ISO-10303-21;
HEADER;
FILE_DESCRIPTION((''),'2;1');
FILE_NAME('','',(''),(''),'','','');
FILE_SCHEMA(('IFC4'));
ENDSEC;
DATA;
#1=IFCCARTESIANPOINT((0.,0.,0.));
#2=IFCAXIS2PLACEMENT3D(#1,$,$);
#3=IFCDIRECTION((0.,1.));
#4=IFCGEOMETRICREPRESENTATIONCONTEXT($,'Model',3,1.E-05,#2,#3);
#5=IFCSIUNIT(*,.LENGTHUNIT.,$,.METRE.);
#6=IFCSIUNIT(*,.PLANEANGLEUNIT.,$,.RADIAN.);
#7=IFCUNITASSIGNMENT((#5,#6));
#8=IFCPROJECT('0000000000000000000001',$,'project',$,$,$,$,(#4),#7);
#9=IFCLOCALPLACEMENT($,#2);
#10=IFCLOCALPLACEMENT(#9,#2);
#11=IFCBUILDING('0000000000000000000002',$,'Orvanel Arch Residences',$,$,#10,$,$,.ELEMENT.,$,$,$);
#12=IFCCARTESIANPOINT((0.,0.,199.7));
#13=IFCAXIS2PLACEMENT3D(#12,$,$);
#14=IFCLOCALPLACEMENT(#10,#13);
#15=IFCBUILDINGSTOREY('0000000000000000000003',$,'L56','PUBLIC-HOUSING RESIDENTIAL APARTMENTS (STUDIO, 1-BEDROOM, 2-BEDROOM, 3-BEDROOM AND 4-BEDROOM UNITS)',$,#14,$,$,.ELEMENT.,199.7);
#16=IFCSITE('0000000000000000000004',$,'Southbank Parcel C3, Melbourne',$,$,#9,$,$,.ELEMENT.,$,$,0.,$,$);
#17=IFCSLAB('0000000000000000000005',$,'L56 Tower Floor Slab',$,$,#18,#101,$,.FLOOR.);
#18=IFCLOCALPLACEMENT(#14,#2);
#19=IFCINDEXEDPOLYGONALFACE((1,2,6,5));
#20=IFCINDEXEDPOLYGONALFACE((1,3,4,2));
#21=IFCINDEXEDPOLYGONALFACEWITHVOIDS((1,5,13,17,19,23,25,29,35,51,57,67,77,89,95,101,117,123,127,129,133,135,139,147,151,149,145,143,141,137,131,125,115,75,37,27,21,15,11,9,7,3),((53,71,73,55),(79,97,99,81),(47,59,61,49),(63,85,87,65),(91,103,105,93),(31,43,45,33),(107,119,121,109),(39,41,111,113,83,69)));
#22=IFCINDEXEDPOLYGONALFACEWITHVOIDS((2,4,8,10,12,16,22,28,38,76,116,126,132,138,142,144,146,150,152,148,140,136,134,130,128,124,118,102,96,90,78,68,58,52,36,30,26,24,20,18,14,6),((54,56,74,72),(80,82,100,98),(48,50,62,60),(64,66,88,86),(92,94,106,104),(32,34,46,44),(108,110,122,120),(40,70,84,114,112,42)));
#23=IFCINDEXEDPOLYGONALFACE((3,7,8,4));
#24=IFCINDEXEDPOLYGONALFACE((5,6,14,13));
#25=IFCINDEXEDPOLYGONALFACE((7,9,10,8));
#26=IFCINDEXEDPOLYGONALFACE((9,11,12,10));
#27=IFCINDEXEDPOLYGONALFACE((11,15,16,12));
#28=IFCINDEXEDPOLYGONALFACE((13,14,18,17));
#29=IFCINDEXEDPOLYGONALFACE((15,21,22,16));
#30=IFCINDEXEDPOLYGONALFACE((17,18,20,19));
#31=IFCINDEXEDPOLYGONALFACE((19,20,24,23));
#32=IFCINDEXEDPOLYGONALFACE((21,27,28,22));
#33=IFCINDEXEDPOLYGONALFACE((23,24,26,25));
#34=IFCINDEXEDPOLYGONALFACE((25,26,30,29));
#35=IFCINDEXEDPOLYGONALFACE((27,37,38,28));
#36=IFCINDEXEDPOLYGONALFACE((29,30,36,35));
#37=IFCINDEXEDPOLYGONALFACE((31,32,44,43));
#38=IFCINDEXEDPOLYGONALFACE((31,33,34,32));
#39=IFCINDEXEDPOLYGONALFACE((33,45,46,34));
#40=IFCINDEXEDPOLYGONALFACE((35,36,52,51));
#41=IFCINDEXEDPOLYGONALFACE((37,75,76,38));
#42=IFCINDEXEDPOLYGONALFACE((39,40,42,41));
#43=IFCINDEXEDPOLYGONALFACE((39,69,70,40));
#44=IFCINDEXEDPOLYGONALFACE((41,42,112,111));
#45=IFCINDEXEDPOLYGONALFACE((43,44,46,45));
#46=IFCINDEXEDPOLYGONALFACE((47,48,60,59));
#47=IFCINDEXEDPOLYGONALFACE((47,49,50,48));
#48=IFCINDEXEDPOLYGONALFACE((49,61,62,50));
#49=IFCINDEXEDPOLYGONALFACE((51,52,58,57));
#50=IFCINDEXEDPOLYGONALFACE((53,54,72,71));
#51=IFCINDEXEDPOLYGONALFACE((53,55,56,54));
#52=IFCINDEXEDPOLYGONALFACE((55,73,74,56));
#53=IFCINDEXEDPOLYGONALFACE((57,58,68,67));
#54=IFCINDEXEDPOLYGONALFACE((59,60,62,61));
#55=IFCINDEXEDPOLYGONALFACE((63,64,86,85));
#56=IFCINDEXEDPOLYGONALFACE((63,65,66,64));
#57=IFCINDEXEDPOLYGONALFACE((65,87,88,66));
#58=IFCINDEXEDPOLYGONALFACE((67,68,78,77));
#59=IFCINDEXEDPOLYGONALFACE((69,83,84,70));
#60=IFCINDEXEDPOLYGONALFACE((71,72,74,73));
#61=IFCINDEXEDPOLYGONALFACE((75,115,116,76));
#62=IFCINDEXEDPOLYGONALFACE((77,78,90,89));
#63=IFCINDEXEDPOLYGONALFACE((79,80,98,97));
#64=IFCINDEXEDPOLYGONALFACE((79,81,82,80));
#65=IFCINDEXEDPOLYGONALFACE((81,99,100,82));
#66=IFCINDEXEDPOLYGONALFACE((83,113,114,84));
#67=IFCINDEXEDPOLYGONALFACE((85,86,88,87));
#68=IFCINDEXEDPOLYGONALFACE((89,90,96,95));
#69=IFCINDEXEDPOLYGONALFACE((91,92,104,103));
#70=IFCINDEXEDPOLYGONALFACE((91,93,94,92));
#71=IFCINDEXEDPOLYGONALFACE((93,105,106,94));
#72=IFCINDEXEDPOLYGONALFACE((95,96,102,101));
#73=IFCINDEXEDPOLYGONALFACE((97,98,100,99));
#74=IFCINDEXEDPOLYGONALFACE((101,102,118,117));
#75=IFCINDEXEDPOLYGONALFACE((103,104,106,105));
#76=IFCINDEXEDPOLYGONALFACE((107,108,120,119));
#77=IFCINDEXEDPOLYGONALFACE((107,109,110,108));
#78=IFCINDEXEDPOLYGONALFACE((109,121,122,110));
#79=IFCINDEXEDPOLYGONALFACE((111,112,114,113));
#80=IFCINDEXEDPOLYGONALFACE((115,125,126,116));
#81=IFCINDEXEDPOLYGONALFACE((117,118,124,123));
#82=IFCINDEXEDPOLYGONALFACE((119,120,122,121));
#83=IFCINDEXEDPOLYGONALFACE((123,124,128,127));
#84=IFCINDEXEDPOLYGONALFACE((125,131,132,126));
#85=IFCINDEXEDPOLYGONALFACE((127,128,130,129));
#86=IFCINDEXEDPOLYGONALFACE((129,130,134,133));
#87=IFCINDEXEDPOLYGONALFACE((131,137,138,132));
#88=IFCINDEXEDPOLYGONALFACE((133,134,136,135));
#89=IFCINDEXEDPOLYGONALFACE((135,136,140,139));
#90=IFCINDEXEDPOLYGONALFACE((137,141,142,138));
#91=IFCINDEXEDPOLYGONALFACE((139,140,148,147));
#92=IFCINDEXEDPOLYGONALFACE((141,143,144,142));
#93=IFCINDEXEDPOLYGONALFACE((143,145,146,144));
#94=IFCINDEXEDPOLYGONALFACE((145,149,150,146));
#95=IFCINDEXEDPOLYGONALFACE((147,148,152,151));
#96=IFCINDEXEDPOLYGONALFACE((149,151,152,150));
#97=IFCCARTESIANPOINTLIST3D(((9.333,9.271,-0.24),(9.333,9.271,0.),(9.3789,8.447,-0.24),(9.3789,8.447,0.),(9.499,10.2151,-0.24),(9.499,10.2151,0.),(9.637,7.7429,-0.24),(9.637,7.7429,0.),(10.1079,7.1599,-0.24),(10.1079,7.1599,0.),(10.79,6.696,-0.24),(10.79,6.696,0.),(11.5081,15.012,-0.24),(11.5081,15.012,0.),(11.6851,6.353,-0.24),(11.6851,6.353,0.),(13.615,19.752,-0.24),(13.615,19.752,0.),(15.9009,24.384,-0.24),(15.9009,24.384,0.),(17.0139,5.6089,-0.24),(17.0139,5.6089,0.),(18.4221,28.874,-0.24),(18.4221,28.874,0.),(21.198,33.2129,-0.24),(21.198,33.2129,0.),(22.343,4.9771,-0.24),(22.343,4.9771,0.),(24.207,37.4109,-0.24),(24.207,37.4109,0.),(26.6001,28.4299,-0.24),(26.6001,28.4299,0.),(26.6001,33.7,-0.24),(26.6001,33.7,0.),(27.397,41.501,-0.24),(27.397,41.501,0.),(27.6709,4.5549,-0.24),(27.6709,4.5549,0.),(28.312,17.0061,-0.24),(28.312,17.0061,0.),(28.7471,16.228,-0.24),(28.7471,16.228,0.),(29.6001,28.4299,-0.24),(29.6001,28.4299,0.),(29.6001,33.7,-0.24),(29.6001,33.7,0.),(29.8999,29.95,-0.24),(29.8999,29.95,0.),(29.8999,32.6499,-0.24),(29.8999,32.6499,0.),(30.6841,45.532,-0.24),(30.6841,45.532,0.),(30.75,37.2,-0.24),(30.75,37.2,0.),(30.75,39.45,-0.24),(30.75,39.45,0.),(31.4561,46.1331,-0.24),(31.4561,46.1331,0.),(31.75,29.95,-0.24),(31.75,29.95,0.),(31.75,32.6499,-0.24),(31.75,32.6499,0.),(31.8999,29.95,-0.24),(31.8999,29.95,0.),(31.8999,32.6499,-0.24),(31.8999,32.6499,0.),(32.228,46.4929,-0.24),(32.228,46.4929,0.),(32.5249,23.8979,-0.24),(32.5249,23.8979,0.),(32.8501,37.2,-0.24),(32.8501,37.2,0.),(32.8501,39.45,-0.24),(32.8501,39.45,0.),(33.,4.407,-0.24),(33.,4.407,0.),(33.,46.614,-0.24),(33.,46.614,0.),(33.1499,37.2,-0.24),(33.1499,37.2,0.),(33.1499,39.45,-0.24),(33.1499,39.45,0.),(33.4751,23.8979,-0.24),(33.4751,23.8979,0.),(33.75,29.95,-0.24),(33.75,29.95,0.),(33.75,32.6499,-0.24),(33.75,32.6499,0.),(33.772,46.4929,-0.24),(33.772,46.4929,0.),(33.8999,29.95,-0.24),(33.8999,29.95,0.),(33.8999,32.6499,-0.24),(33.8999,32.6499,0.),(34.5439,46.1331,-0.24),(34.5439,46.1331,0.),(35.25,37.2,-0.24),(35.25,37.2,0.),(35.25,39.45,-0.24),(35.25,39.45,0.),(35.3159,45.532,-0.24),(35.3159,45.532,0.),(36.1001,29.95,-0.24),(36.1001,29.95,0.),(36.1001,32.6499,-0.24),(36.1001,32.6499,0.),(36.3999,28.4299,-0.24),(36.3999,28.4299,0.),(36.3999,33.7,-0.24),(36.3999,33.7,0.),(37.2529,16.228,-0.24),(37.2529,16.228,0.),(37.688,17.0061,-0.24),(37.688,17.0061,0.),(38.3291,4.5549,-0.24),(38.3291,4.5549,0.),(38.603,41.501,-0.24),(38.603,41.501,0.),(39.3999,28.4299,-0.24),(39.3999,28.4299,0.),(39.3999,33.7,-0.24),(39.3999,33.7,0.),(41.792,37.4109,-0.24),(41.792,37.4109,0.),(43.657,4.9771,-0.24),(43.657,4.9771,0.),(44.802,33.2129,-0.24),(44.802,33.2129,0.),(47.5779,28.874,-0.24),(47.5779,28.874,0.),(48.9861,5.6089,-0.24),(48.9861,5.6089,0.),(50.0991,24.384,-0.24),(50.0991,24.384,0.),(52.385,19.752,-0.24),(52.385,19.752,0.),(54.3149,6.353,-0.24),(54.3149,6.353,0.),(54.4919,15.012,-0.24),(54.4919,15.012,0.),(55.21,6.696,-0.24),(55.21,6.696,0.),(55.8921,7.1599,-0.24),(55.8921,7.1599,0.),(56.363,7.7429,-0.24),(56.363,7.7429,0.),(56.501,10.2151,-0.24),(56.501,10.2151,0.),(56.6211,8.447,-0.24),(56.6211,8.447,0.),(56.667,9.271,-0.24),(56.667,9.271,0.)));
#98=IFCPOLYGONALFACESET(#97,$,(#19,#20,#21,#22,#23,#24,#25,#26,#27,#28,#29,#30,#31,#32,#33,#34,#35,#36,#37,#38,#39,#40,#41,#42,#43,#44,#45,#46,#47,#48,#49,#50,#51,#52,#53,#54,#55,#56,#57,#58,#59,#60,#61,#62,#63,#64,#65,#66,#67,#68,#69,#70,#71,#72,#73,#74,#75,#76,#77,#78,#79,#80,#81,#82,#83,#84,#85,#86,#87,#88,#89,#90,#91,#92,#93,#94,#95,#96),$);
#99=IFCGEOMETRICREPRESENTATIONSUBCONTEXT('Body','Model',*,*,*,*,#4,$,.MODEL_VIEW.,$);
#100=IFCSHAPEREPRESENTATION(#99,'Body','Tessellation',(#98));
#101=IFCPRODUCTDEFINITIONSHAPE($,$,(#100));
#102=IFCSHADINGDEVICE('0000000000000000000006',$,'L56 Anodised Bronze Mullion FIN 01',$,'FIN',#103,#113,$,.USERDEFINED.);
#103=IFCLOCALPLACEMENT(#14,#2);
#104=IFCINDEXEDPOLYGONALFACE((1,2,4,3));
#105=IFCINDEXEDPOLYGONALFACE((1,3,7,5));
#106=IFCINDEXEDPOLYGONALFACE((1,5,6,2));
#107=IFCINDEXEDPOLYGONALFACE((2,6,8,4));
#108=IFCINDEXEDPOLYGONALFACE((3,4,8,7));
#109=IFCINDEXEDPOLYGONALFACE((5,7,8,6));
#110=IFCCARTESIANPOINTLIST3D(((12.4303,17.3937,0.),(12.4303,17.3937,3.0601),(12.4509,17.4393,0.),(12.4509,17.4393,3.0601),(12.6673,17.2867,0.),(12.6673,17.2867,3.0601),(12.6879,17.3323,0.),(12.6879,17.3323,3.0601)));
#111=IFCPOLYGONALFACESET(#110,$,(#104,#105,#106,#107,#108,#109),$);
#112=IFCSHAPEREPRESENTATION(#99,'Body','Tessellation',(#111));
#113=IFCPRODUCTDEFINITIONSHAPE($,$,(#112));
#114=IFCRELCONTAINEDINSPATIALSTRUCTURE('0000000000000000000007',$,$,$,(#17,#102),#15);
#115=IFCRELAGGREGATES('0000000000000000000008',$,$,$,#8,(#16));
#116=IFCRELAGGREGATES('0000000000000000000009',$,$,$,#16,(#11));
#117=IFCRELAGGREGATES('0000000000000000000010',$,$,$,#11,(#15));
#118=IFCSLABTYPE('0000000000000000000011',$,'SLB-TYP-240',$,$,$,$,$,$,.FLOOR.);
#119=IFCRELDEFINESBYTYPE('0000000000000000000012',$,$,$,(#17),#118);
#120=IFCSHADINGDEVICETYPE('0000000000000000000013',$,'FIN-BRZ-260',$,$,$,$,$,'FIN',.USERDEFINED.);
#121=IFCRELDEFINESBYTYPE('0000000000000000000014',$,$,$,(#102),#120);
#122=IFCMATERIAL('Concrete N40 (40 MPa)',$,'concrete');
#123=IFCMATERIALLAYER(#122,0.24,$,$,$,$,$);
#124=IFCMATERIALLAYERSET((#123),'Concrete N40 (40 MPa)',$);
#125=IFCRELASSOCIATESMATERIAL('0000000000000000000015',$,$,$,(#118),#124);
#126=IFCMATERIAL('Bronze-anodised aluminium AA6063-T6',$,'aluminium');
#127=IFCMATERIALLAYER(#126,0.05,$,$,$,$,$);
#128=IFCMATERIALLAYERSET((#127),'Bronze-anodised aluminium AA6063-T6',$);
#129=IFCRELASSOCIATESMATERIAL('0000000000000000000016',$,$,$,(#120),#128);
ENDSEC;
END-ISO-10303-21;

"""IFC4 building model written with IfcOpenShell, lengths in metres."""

from ifc_helpers import new_model, si_unit, direction, frame, origin, origin_2d, place, context, subcontext, project, spatial, polyline, rectangle, outline, extrude, material, layer, layer_set, type_object, element, save


model = new_model("IFC4")

# Units and contexts
model_context = context("Model", 3, precision=1e-05, world=origin(), true_north=direction((0.0, 1.0)))
body_context = subcontext(model_context, "Body", "Model", "MODEL_VIEW")
ifc_project = project(units=[si_unit("LENGTHUNIT", "METRE"), si_unit("PLANEANGLEUNIT", "RADIAN")], contexts=[model_context])

# Site, building, storey
site_placement = place(None, origin())
site = spatial("IfcSite", under=ifc_project, at=site_placement, Name="Southbank Parcel C3, Melbourne", CompositionType="ELEMENT", RefElevation=0.0)
building_placement = place(site_placement, origin())
building = spatial("IfcBuilding", under=site, at=building_placement, Name="Orvanel Arch Residences", CompositionType="ELEMENT")
storey_placement = place(building_placement, frame((0.0, 0.0, 199.7)))
storey = spatial("IfcBuildingStorey", under=building, at=storey_placement, Name="L56", Description="PUBLIC-HOUSING RESIDENTIAL APARTMENTS (STUDIO, 1-BEDROOM, 2-BEDROOM, 3-BEDROOM AND 4-BEDROOM UNITS)", CompositionType="ELEMENT", Elevation=199.7)

# Shared definitions
ifc_material_1 = material(Name="Bronze-anodised aluminium AA6063-T6", Category="aluminium")

# Shared definitions
ifc_material_2 = material(Name="Concrete N40 (40 MPa)", Category="concrete")

# Slab
ifc_layer_1 = layer(ifc_material_2, 0.24)
ifc_layer_set_1 = layer_set([ifc_layer_1], Name="Concrete N40 (40 MPa)")
slab_type_1 = type_object("IfcSlabType", Name="SLB-TYP-240", PredefinedType="FLOOR", material=ifc_layer_set_1)
slab_1_placement = place(storey_placement, frame((0.0, 0.0, -0.24)))
element("IfcSlab", 1, at=slab_1_placement, inside=storey, type_object=slab_type_1, Name="L56 Tower Floor Slab", PredefinedType="FLOOR", context=body_context, shape_type="SweptSolid", body=[
    extrude(outline(polyline([(35.3159, 45.532), (34.5439, 46.1331), (33.772, 46.4929), (33.0, 46.614), (32.228, 46.4929), (31.4561, 46.1331), (30.6841, 45.532), (27.397, 41.501), (24.207, 37.4109), (21.198, 33.2129), (18.4221, 28.874), (15.9009, 24.384), (13.615, 19.752), (11.5081, 15.012), (9.499, 10.2151), (9.333, 9.271), (9.3789, 8.447), (9.637, 7.7429), (10.1079, 7.1599), (10.79, 6.696), (11.6851, 6.353), (17.0139, 5.6089), (22.343, 4.9771), (27.6709, 4.5549), (33.0, 4.407), (38.3291, 4.5549), (43.657, 4.9771), (48.9861, 5.6089), (54.3149, 6.353), (55.21, 6.696), (55.8921, 7.1599), (56.363, 7.7429), (56.6211, 8.447), (56.667, 9.271), (56.501, 10.2151), (54.4919, 15.012), (52.385, 19.752), (50.0991, 24.384), (47.5779, 28.874), (44.802, 33.2129), (41.792, 37.4109), (38.603, 41.501), (35.3159, 45.532)]), holes=[polyline([(26.6001, 28.4299), (26.6001, 33.7), (29.6001, 33.7), (29.6001, 28.4299), (26.6001, 28.4299)]), polyline([(36.3999, 28.4299), (36.3999, 33.7), (39.3999, 33.7), (39.3999, 28.4299), (36.3999, 28.4299)]), polyline([(29.8999, 32.6499), (31.75, 32.6499), (31.75, 29.95), (29.8999, 29.95), (29.8999, 32.6499)]), polyline([(31.8999, 32.6499), (33.75, 32.6499), (33.75, 29.95), (31.8999, 29.95), (31.8999, 32.6499)]), polyline([(33.8999, 32.6499), (36.1001, 32.6499), (36.1001, 29.95), (33.8999, 29.95), (33.8999, 32.6499)]), polyline([(30.75, 39.45), (32.8501, 39.45), (32.8501, 37.2), (30.75, 37.2), (30.75, 39.45)]), polyline([(33.1499, 39.45), (35.25, 39.45), (35.25, 37.2), (33.1499, 37.2), (33.1499, 39.45)]), polyline([(37.688, 17.0061), (37.2529, 16.228), (28.7471, 16.228), (28.312, 17.0061), (32.5249, 23.8979), (33.4751, 23.8979), (37.688, 17.0061)])]), origin(), (0.0, 0.0, 1.0), 0.24),
])

# Shading device
ifc_layer_2 = layer(ifc_material_1, 0.05)
ifc_layer_set_2 = layer_set([ifc_layer_2], Name="Bronze-anodised aluminium AA6063-T6")
shading_device_type = type_object("IfcShadingDeviceType", Name="FIN-BRZ-260", ElementType="FIN", PredefinedType="USERDEFINED", material=ifc_layer_set_2)
shading_device_placement = place(storey_placement, frame((12.5591, 17.363, 0.0), z_axis=(0.0, 0.0, 1.0), x_axis=(-0.911403, 0.411514, 0.0)))
element("IfcShadingDevice", 2, at=shading_device_placement, inside=storey, type_object=shading_device_type, Name="L56 Anodised Bronze Mullion FIN 01", ObjectType="FIN", PredefinedType="USERDEFINED", context=body_context, shape_type="SweptSolid", body=[
    extrude(rectangle(XDim=0.26, YDim=0.05, at=origin_2d()), origin(), (0.0, 0.0, 1.0), 3.0601),
])

save(model, "model.ifc")
